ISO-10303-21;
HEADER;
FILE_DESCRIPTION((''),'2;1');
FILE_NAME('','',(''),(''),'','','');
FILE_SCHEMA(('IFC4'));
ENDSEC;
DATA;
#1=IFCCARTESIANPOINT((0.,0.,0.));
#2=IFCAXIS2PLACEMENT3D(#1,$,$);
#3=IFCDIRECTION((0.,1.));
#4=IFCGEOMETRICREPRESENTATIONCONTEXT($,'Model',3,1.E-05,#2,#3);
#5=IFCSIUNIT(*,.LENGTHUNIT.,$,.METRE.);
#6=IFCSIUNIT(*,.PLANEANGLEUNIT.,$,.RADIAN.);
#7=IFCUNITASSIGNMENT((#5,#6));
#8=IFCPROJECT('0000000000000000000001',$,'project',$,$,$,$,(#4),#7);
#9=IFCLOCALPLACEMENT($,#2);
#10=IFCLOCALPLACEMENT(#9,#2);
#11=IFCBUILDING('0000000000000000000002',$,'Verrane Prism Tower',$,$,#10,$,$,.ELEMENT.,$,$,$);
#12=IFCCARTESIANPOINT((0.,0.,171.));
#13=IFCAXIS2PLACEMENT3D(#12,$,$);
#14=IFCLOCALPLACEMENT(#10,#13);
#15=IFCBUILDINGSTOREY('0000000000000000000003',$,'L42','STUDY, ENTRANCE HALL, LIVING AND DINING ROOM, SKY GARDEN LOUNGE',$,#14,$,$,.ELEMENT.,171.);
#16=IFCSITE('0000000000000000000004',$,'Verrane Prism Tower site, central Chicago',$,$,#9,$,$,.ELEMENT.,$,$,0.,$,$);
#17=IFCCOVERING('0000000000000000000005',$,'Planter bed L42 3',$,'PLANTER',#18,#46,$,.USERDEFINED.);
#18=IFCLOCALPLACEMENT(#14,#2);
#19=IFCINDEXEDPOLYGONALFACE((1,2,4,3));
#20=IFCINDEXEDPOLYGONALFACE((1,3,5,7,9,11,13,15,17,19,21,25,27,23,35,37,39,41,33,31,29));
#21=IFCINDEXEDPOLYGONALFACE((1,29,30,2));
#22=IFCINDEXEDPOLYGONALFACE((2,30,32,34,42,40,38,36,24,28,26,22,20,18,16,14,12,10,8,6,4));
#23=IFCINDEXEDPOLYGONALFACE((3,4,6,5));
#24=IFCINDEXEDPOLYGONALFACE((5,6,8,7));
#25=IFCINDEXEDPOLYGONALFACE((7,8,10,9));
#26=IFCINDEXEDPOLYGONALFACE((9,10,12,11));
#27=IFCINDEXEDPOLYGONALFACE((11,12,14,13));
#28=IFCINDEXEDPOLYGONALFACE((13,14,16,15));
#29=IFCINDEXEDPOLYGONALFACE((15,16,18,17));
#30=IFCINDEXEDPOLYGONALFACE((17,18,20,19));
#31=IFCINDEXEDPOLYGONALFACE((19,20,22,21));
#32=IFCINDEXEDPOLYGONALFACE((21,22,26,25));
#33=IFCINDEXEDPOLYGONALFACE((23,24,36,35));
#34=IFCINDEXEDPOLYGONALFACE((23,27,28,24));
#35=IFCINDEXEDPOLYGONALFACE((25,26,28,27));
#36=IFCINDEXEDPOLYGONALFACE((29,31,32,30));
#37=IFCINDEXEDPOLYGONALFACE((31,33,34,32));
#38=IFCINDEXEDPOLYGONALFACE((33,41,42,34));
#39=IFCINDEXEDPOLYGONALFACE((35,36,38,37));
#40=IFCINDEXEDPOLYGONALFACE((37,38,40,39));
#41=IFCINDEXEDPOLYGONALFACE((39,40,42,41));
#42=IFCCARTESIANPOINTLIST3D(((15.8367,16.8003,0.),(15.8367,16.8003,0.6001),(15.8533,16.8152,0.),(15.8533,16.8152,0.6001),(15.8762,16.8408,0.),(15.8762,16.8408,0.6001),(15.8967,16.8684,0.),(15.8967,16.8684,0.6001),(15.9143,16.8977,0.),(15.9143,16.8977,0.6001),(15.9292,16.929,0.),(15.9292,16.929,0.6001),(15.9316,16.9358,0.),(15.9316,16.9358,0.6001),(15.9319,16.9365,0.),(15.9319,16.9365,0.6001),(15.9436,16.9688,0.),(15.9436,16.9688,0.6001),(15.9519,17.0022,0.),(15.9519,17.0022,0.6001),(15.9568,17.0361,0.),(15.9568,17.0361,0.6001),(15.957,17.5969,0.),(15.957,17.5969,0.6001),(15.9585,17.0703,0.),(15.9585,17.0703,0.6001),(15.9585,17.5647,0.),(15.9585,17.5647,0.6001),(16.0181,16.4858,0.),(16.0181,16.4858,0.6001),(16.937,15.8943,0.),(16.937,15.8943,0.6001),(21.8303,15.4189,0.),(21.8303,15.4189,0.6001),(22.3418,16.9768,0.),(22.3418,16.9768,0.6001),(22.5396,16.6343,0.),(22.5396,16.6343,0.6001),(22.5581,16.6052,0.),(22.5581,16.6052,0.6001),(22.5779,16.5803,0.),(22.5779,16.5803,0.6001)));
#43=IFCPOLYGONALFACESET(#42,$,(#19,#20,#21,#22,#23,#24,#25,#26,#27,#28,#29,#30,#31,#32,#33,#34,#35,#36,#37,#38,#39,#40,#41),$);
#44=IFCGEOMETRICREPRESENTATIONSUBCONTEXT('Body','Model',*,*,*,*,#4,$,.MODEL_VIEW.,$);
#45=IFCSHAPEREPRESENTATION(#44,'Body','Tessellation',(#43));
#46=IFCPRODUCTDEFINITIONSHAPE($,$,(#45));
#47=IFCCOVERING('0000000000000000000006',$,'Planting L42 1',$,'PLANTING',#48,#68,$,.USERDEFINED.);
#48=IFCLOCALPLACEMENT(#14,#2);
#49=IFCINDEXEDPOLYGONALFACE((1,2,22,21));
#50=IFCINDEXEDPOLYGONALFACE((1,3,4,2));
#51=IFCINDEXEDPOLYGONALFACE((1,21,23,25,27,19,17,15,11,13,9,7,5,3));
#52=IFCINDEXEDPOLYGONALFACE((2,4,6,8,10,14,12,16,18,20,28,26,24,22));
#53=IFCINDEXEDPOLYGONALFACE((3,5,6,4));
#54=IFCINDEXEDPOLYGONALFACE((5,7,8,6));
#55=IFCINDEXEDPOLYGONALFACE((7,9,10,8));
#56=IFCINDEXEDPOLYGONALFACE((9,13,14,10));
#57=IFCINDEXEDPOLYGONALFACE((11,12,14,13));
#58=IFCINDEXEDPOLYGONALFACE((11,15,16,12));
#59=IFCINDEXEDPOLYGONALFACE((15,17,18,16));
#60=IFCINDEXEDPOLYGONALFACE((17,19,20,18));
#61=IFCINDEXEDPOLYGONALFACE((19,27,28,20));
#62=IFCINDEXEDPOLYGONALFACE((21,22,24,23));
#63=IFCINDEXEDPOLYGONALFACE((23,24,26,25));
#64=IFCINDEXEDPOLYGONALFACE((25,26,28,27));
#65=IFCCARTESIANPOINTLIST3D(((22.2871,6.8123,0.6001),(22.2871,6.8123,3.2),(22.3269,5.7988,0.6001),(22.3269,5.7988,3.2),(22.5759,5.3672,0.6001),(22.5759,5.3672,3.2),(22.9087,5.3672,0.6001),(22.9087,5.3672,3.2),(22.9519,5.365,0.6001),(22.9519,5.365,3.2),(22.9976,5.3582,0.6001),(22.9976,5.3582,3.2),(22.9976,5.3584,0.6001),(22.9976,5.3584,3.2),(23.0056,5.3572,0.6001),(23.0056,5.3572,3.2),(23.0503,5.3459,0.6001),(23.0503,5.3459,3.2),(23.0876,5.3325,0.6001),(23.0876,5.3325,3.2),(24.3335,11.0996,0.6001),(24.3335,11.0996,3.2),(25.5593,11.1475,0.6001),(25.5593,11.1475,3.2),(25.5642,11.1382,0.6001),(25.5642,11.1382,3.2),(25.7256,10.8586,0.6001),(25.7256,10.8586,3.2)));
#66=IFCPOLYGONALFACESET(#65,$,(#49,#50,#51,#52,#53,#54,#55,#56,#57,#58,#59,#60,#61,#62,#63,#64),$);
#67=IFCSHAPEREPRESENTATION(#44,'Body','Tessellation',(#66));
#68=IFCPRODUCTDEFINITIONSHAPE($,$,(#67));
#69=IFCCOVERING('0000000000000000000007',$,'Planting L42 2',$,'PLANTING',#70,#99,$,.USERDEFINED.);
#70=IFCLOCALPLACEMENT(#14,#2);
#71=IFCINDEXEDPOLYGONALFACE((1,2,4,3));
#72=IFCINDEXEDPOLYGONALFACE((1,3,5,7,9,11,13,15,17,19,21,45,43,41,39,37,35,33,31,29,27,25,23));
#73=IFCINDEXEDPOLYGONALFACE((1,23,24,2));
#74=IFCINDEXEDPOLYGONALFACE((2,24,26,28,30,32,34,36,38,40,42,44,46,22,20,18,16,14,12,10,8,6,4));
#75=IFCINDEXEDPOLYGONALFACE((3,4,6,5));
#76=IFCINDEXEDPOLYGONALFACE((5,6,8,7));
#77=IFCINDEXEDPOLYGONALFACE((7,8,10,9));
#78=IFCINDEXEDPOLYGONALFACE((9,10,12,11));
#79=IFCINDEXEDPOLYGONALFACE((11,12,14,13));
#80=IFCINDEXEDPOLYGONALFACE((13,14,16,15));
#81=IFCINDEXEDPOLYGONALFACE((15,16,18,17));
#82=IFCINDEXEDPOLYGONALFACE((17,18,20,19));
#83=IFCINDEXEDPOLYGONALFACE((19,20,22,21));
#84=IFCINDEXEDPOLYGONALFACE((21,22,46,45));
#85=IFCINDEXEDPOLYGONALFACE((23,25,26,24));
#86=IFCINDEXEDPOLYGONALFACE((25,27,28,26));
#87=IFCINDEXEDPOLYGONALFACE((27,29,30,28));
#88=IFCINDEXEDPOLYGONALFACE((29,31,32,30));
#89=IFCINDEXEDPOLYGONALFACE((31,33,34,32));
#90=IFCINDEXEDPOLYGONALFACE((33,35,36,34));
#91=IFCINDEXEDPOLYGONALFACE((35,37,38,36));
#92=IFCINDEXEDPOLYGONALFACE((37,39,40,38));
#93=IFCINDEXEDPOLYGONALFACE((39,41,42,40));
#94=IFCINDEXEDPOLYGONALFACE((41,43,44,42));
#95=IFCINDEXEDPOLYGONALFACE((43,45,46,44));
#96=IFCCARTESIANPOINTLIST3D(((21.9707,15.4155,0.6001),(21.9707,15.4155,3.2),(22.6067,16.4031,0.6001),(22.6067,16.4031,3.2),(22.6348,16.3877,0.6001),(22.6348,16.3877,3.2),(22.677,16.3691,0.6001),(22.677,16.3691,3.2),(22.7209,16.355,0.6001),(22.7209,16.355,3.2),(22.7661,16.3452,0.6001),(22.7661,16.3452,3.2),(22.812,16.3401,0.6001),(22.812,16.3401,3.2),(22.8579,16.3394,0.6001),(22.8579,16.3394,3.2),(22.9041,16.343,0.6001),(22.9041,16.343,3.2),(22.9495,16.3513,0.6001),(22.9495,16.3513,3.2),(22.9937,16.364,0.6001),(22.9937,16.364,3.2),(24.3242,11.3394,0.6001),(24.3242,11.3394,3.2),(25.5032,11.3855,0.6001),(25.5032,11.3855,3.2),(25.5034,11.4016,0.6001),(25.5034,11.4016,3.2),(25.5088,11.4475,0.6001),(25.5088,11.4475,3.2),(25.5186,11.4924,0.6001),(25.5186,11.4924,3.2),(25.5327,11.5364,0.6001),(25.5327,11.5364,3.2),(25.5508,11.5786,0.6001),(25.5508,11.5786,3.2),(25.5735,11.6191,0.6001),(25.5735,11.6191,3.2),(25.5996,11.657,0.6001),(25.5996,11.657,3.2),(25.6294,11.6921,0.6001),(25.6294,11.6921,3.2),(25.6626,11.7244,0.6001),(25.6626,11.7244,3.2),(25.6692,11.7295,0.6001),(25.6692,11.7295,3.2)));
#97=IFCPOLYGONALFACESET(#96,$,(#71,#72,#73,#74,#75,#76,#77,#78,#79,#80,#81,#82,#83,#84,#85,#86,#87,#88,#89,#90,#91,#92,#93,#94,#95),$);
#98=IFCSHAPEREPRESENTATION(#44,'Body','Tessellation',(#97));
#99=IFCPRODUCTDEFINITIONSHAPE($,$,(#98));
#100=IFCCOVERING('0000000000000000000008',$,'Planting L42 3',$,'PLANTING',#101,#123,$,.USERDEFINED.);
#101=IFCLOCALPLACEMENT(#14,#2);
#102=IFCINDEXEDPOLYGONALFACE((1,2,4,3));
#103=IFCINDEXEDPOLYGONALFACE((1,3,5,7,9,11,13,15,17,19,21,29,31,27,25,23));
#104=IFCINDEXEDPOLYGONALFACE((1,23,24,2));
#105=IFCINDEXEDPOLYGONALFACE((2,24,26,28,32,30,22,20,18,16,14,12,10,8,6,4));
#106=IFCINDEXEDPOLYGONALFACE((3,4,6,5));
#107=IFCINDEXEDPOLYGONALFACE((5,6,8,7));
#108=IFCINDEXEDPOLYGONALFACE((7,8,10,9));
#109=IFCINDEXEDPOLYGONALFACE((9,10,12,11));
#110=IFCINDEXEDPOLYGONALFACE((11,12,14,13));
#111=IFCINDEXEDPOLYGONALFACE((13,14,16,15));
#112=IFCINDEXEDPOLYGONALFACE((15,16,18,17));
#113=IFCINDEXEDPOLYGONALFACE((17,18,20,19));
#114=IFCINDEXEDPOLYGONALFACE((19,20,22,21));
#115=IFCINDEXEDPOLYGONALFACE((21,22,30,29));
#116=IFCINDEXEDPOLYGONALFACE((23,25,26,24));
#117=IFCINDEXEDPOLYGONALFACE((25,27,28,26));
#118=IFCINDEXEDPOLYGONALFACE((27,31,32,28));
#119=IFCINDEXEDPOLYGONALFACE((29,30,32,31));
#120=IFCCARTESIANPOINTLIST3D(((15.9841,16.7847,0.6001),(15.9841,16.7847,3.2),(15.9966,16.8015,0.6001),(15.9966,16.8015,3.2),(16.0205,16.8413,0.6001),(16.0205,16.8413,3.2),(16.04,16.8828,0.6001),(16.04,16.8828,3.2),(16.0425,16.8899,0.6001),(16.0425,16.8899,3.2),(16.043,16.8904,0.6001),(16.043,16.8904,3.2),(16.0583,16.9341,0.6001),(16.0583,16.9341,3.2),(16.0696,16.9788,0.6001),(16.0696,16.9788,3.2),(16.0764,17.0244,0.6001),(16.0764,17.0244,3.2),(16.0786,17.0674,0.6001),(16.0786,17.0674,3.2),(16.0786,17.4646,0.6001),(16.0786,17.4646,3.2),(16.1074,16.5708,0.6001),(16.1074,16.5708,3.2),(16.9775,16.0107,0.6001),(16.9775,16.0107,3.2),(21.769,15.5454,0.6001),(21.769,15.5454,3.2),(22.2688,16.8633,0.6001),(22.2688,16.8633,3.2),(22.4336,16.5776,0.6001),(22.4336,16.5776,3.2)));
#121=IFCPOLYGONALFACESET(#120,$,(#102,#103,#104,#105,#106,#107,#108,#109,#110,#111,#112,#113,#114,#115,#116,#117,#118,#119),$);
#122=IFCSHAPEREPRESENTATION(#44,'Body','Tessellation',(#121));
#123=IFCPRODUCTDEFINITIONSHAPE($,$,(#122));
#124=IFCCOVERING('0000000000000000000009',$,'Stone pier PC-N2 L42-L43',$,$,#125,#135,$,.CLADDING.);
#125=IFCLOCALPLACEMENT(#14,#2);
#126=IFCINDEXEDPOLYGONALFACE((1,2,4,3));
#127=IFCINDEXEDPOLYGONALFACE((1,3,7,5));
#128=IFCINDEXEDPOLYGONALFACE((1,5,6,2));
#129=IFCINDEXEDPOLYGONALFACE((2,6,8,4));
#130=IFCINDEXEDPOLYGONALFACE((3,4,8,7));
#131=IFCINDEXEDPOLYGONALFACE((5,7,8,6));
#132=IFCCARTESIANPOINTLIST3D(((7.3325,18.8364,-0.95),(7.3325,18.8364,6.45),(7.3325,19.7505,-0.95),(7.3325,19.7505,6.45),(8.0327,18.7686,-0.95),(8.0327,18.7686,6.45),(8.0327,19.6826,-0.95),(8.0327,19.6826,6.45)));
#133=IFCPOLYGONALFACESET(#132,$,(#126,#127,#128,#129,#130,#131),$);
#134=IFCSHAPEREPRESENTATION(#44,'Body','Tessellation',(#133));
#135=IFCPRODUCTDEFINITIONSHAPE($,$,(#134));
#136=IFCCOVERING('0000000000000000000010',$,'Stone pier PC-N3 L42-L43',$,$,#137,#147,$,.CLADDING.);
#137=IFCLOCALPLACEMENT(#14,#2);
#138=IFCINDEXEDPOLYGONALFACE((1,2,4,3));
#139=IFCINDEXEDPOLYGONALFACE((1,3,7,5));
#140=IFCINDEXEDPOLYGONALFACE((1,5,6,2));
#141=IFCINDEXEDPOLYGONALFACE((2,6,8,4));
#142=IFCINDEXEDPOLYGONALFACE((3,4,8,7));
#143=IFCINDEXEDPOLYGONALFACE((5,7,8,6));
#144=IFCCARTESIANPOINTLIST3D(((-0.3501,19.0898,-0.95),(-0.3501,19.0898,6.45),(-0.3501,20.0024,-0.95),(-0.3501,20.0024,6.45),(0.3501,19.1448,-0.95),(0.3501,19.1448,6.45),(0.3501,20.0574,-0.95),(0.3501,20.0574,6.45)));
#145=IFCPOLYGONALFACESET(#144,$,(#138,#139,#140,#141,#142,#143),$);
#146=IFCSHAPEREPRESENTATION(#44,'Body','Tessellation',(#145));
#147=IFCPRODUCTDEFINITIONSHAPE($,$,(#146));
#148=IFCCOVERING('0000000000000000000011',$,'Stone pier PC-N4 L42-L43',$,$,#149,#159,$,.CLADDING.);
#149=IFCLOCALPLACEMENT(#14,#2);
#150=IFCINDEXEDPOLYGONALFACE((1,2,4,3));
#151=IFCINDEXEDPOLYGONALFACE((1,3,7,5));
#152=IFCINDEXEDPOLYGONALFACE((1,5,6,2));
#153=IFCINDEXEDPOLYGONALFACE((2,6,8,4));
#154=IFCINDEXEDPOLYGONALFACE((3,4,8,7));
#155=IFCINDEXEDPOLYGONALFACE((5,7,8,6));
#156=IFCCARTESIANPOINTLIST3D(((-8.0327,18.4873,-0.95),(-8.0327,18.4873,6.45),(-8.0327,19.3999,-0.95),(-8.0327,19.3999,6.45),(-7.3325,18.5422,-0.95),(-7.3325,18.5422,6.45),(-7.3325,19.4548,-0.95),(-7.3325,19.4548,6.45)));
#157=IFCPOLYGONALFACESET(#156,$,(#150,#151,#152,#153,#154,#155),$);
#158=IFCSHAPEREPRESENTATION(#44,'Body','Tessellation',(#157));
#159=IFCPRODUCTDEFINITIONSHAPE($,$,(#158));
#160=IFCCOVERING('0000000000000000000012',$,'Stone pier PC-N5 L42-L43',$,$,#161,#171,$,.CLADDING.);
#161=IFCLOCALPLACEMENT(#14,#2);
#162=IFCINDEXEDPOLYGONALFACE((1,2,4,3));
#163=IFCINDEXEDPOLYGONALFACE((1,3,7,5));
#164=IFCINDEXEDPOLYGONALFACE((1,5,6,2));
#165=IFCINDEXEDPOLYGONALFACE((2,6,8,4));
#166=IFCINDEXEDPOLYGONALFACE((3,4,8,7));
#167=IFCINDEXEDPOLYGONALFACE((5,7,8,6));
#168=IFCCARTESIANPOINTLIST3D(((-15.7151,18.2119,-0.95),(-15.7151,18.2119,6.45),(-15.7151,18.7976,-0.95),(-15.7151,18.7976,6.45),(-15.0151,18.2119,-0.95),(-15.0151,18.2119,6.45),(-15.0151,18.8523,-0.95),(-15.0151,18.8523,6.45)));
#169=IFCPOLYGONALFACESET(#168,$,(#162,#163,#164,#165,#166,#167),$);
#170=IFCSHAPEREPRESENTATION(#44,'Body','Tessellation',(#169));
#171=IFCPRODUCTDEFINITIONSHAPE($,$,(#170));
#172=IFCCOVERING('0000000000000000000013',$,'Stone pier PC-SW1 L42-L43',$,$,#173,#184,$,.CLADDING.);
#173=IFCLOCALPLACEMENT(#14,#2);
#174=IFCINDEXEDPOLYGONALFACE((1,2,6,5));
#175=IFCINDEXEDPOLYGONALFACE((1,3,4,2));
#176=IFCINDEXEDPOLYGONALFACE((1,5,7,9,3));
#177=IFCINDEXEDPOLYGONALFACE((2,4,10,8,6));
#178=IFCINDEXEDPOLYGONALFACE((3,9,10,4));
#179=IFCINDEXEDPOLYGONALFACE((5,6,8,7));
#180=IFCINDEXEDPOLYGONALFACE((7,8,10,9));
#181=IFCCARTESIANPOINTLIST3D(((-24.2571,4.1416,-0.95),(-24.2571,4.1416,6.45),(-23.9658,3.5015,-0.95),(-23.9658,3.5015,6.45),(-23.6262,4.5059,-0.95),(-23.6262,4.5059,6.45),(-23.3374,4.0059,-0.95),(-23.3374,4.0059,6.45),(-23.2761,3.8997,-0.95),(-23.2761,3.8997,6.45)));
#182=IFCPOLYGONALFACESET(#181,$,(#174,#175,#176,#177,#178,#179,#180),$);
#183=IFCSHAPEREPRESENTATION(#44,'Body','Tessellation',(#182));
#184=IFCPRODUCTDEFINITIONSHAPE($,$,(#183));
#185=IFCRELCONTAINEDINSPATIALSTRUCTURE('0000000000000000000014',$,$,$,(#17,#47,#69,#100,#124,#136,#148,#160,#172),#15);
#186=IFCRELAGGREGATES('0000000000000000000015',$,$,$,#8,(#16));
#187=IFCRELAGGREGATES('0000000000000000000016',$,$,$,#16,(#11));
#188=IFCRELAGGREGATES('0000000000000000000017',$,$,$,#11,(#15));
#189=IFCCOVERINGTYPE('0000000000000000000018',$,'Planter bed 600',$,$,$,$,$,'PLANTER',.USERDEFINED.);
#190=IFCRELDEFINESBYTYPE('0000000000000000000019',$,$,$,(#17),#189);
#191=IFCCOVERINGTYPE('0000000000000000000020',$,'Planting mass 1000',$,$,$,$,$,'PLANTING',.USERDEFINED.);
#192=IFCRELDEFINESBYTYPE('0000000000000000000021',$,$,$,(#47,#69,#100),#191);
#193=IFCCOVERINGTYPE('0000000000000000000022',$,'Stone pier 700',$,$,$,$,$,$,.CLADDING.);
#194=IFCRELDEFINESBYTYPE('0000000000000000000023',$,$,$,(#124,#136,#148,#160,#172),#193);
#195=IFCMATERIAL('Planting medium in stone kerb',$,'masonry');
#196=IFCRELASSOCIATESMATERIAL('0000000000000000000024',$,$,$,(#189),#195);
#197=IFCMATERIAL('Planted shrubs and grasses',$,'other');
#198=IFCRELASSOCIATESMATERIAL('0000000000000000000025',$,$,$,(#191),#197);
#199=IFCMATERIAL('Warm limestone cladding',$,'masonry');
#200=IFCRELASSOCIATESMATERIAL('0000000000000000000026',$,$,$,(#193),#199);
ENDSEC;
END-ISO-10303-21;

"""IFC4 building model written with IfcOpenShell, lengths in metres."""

from ifc_helpers import new_model, si_unit, direction, frame, origin, place, context, subcontext, project, spatial, polyline, outline, extrude, material, type_object, element, save


model = new_model("IFC4")

# Units and contexts
model_context = context("Model", 3, precision=1e-05, world=origin(), true_north=direction((0.0, 1.0)))
body_context = subcontext(model_context, "Body", "Model", "MODEL_VIEW")
ifc_project = project(units=[si_unit("LENGTHUNIT", "METRE"), si_unit("PLANEANGLEUNIT", "RADIAN")], contexts=[model_context])

# Site, building, storey
site_placement = place(None, origin())
site = spatial("IfcSite", under=ifc_project, at=site_placement, Name="Verrane Prism Tower site, central Chicago", CompositionType="ELEMENT", RefElevation=0.0)
building_placement = place(site_placement, origin())
building = spatial("IfcBuilding", under=site, at=building_placement, Name="Verrane Prism Tower", CompositionType="ELEMENT")
storey_placement = place(building_placement, frame((0.0, 0.0, 171.0)))
storey = spatial("IfcBuildingStorey", under=building, at=storey_placement, Name="L42", Description="STUDY, ENTRANCE HALL, LIVING AND DINING ROOM, SKY GARDEN LOUNGE", CompositionType="ELEMENT", Elevation=171.0)

# Coverings
ifc_material_1 = material(Name="Planting medium in stone kerb", Category="masonry")
covering_type_1 = type_object("IfcCoveringType", Name="Planter bed 600", ElementType="PLANTER", PredefinedType="USERDEFINED", material=ifc_material_1)
covering_1_placement = place(storey_placement, origin())
element("IfcCovering", 1, at=covering_1_placement, inside=storey, type_object=covering_type_1, Name="Planter bed L42 3", ObjectType="PLANTER", PredefinedType="USERDEFINED", context=body_context, shape_type="SweptSolid", body=[
    extrude(outline(polyline([(22.5779, 16.5803), (22.5581, 16.6052), (22.5396, 16.6343), (22.3418, 16.9768), (15.957, 17.5969), (15.9585, 17.5647), (15.9585, 17.0703), (15.9568, 17.0361), (15.9519, 17.0022), (15.9436, 16.9688), (15.9319, 16.9365), (15.9316, 16.9358), (15.9292, 16.929), (15.9143, 16.8977), (15.8967, 16.8684), (15.8762, 16.8408), (15.8533, 16.8152), (15.8367, 16.8003), (16.0181, 16.4858), (16.937, 15.8943), (21.8303, 15.4189), (22.5779, 16.5803)])), origin(), (0.0, 0.0, 1.0), 0.6001),
])
ifc_material_2 = material(Name="Planted shrubs and grasses", Category="other")
covering_type_2 = type_object("IfcCoveringType", Name="Planting mass 1000", ElementType="PLANTING", PredefinedType="USERDEFINED", material=ifc_material_2)
covering_2_placement = place(storey_placement, frame((0.0, 0.0, 0.6001)))
element("IfcCovering", 2, at=covering_2_placement, inside=storey, type_object=covering_type_2, Name="Planting L42 1", ObjectType="PLANTING", PredefinedType="USERDEFINED", context=body_context, shape_type="SweptSolid", body=[
    extrude(outline(polyline([(23.0056, 5.3572), (23.0503, 5.3459), (23.0876, 5.3325), (25.7256, 10.8586), (25.5642, 11.1382), (25.5593, 11.1475), (24.3335, 11.0996), (22.2871, 6.8123), (22.3269, 5.7988), (22.5759, 5.3672), (22.9087, 5.3672), (22.9519, 5.365), (22.9976, 5.3584), (22.9976, 5.3582), (23.0056, 5.3572)])), origin(), (0.0, 0.0, 1.0), 2.5999),
])
covering_3_placement = place(storey_placement, frame((0.0, 0.0, 0.6001)))
element("IfcCovering", 3, at=covering_3_placement, inside=storey, type_object=covering_type_2, Name="Planting L42 2", ObjectType="PLANTING", PredefinedType="USERDEFINED", context=body_context, shape_type="SweptSolid", body=[
    extrude(outline(polyline([(21.9707, 15.4155), (24.3242, 11.3394), (25.5032, 11.3855), (25.5034, 11.4016), (25.5088, 11.4475), (25.5186, 11.4924), (25.5327, 11.5364), (25.5508, 11.5786), (25.5735, 11.6191), (25.5996, 11.657), (25.6294, 11.6921), (25.6626, 11.7244), (25.6692, 11.7295), (22.9937, 16.364), (22.9495, 16.3513), (22.9041, 16.343), (22.8579, 16.3394), (22.812, 16.3401), (22.7661, 16.3452), (22.7209, 16.355), (22.677, 16.3691), (22.6348, 16.3877), (22.6067, 16.4031), (21.9707, 15.4155)])), origin(), (0.0, 0.0, 1.0), 2.5999),
])
covering_4_placement = place(storey_placement, frame((0.0, 0.0, 0.6001)))
element("IfcCovering", 4, at=covering_4_placement, inside=storey, type_object=covering_type_2, Name="Planting L42 3", ObjectType="PLANTING", PredefinedType="USERDEFINED", context=body_context, shape_type="SweptSolid", body=[
    extrude(outline(polyline([(16.1074, 16.5708), (16.9775, 16.0107), (21.769, 15.5454), (22.4336, 16.5776), (22.2688, 16.8633), (16.0786, 17.4646), (16.0786, 17.0674), (16.0764, 17.0244), (16.0696, 16.9788), (16.0583, 16.9341), (16.043, 16.8904), (16.0425, 16.8899), (16.04, 16.8828), (16.0205, 16.8413), (15.9966, 16.8015), (15.9841, 16.7847), (16.1074, 16.5708)])), origin(), (0.0, 0.0, 1.0), 2.5999),
])
ifc_material_3 = material(Name="Warm limestone cladding", Category="masonry")
covering_type_3 = type_object("IfcCoveringType", Name="Stone pier 700", PredefinedType="CLADDING", material=ifc_material_3)
covering_5_placement = place(storey_placement, frame((0.0, 0.0, -0.95)))
element("IfcCovering", 5, at=covering_5_placement, inside=storey, type_object=covering_type_3, Name="Stone pier PC-N2 L42-L43", PredefinedType="CLADDING", context=body_context, shape_type="SweptSolid", body=[
    extrude(outline(polyline([(7.3325, 19.7505), (7.3325, 18.8364), (8.0327, 18.7686), (8.0327, 19.6826), (7.3325, 19.7505)])), origin(), (0.0, 0.0, 1.0), 7.3999),
])
covering_6_placement = place(storey_placement, frame((0.0, 0.0, -0.95)))
element("IfcCovering", 6, at=covering_6_placement, inside=storey, type_object=covering_type_3, Name="Stone pier PC-N3 L42-L43", PredefinedType="CLADDING", context=body_context, shape_type="SweptSolid", body=[
    extrude(outline(polyline([(-0.3501, 20.0024), (-0.3501, 19.0898), (0.3501, 19.1448), (0.3501, 20.0574), (-0.3501, 20.0024)])), origin(), (0.0, 0.0, 1.0), 7.3999),
])
covering_7_placement = place(storey_placement, frame((0.0, 0.0, -0.95)))
element("IfcCovering", 7, at=covering_7_placement, inside=storey, type_object=covering_type_3, Name="Stone pier PC-N4 L42-L43", PredefinedType="CLADDING", context=body_context, shape_type="SweptSolid", body=[
    extrude(outline(polyline([(-8.0327, 19.3999), (-8.0327, 18.4873), (-7.3325, 18.5422), (-7.3325, 19.4548), (-8.0327, 19.3999)])), origin(), (0.0, 0.0, 1.0), 7.3999),
])
covering_8_placement = place(storey_placement, frame((0.0, 0.0, -0.95)))
element("IfcCovering", 8, at=covering_8_placement, inside=storey, type_object=covering_type_3, Name="Stone pier PC-N5 L42-L43", PredefinedType="CLADDING", context=body_context, shape_type="SweptSolid", body=[
    extrude(outline(polyline([(-15.7151, 18.2119), (-15.0151, 18.2119), (-15.0151, 18.8523), (-15.7151, 18.7976), (-15.7151, 18.2119)])), origin(), (0.0, 0.0, 1.0), 7.3999),
])
covering_9_placement = place(storey_placement, frame((0.0, 0.0, -0.95)))
element("IfcCovering", 9, at=covering_9_placement, inside=storey, type_object=covering_type_3, Name="Stone pier PC-SW1 L42-L43", PredefinedType="CLADDING", context=body_context, shape_type="SweptSolid", body=[
    extrude(outline(polyline([(-23.2761, 3.8997), (-23.3374, 4.0059), (-23.6262, 4.5059), (-24.2571, 4.1416), (-23.9658, 3.5015), (-23.2761, 3.8997)])), origin(), (0.0, 0.0, 1.0), 7.3999),
])

save(model, "model.ifc")
